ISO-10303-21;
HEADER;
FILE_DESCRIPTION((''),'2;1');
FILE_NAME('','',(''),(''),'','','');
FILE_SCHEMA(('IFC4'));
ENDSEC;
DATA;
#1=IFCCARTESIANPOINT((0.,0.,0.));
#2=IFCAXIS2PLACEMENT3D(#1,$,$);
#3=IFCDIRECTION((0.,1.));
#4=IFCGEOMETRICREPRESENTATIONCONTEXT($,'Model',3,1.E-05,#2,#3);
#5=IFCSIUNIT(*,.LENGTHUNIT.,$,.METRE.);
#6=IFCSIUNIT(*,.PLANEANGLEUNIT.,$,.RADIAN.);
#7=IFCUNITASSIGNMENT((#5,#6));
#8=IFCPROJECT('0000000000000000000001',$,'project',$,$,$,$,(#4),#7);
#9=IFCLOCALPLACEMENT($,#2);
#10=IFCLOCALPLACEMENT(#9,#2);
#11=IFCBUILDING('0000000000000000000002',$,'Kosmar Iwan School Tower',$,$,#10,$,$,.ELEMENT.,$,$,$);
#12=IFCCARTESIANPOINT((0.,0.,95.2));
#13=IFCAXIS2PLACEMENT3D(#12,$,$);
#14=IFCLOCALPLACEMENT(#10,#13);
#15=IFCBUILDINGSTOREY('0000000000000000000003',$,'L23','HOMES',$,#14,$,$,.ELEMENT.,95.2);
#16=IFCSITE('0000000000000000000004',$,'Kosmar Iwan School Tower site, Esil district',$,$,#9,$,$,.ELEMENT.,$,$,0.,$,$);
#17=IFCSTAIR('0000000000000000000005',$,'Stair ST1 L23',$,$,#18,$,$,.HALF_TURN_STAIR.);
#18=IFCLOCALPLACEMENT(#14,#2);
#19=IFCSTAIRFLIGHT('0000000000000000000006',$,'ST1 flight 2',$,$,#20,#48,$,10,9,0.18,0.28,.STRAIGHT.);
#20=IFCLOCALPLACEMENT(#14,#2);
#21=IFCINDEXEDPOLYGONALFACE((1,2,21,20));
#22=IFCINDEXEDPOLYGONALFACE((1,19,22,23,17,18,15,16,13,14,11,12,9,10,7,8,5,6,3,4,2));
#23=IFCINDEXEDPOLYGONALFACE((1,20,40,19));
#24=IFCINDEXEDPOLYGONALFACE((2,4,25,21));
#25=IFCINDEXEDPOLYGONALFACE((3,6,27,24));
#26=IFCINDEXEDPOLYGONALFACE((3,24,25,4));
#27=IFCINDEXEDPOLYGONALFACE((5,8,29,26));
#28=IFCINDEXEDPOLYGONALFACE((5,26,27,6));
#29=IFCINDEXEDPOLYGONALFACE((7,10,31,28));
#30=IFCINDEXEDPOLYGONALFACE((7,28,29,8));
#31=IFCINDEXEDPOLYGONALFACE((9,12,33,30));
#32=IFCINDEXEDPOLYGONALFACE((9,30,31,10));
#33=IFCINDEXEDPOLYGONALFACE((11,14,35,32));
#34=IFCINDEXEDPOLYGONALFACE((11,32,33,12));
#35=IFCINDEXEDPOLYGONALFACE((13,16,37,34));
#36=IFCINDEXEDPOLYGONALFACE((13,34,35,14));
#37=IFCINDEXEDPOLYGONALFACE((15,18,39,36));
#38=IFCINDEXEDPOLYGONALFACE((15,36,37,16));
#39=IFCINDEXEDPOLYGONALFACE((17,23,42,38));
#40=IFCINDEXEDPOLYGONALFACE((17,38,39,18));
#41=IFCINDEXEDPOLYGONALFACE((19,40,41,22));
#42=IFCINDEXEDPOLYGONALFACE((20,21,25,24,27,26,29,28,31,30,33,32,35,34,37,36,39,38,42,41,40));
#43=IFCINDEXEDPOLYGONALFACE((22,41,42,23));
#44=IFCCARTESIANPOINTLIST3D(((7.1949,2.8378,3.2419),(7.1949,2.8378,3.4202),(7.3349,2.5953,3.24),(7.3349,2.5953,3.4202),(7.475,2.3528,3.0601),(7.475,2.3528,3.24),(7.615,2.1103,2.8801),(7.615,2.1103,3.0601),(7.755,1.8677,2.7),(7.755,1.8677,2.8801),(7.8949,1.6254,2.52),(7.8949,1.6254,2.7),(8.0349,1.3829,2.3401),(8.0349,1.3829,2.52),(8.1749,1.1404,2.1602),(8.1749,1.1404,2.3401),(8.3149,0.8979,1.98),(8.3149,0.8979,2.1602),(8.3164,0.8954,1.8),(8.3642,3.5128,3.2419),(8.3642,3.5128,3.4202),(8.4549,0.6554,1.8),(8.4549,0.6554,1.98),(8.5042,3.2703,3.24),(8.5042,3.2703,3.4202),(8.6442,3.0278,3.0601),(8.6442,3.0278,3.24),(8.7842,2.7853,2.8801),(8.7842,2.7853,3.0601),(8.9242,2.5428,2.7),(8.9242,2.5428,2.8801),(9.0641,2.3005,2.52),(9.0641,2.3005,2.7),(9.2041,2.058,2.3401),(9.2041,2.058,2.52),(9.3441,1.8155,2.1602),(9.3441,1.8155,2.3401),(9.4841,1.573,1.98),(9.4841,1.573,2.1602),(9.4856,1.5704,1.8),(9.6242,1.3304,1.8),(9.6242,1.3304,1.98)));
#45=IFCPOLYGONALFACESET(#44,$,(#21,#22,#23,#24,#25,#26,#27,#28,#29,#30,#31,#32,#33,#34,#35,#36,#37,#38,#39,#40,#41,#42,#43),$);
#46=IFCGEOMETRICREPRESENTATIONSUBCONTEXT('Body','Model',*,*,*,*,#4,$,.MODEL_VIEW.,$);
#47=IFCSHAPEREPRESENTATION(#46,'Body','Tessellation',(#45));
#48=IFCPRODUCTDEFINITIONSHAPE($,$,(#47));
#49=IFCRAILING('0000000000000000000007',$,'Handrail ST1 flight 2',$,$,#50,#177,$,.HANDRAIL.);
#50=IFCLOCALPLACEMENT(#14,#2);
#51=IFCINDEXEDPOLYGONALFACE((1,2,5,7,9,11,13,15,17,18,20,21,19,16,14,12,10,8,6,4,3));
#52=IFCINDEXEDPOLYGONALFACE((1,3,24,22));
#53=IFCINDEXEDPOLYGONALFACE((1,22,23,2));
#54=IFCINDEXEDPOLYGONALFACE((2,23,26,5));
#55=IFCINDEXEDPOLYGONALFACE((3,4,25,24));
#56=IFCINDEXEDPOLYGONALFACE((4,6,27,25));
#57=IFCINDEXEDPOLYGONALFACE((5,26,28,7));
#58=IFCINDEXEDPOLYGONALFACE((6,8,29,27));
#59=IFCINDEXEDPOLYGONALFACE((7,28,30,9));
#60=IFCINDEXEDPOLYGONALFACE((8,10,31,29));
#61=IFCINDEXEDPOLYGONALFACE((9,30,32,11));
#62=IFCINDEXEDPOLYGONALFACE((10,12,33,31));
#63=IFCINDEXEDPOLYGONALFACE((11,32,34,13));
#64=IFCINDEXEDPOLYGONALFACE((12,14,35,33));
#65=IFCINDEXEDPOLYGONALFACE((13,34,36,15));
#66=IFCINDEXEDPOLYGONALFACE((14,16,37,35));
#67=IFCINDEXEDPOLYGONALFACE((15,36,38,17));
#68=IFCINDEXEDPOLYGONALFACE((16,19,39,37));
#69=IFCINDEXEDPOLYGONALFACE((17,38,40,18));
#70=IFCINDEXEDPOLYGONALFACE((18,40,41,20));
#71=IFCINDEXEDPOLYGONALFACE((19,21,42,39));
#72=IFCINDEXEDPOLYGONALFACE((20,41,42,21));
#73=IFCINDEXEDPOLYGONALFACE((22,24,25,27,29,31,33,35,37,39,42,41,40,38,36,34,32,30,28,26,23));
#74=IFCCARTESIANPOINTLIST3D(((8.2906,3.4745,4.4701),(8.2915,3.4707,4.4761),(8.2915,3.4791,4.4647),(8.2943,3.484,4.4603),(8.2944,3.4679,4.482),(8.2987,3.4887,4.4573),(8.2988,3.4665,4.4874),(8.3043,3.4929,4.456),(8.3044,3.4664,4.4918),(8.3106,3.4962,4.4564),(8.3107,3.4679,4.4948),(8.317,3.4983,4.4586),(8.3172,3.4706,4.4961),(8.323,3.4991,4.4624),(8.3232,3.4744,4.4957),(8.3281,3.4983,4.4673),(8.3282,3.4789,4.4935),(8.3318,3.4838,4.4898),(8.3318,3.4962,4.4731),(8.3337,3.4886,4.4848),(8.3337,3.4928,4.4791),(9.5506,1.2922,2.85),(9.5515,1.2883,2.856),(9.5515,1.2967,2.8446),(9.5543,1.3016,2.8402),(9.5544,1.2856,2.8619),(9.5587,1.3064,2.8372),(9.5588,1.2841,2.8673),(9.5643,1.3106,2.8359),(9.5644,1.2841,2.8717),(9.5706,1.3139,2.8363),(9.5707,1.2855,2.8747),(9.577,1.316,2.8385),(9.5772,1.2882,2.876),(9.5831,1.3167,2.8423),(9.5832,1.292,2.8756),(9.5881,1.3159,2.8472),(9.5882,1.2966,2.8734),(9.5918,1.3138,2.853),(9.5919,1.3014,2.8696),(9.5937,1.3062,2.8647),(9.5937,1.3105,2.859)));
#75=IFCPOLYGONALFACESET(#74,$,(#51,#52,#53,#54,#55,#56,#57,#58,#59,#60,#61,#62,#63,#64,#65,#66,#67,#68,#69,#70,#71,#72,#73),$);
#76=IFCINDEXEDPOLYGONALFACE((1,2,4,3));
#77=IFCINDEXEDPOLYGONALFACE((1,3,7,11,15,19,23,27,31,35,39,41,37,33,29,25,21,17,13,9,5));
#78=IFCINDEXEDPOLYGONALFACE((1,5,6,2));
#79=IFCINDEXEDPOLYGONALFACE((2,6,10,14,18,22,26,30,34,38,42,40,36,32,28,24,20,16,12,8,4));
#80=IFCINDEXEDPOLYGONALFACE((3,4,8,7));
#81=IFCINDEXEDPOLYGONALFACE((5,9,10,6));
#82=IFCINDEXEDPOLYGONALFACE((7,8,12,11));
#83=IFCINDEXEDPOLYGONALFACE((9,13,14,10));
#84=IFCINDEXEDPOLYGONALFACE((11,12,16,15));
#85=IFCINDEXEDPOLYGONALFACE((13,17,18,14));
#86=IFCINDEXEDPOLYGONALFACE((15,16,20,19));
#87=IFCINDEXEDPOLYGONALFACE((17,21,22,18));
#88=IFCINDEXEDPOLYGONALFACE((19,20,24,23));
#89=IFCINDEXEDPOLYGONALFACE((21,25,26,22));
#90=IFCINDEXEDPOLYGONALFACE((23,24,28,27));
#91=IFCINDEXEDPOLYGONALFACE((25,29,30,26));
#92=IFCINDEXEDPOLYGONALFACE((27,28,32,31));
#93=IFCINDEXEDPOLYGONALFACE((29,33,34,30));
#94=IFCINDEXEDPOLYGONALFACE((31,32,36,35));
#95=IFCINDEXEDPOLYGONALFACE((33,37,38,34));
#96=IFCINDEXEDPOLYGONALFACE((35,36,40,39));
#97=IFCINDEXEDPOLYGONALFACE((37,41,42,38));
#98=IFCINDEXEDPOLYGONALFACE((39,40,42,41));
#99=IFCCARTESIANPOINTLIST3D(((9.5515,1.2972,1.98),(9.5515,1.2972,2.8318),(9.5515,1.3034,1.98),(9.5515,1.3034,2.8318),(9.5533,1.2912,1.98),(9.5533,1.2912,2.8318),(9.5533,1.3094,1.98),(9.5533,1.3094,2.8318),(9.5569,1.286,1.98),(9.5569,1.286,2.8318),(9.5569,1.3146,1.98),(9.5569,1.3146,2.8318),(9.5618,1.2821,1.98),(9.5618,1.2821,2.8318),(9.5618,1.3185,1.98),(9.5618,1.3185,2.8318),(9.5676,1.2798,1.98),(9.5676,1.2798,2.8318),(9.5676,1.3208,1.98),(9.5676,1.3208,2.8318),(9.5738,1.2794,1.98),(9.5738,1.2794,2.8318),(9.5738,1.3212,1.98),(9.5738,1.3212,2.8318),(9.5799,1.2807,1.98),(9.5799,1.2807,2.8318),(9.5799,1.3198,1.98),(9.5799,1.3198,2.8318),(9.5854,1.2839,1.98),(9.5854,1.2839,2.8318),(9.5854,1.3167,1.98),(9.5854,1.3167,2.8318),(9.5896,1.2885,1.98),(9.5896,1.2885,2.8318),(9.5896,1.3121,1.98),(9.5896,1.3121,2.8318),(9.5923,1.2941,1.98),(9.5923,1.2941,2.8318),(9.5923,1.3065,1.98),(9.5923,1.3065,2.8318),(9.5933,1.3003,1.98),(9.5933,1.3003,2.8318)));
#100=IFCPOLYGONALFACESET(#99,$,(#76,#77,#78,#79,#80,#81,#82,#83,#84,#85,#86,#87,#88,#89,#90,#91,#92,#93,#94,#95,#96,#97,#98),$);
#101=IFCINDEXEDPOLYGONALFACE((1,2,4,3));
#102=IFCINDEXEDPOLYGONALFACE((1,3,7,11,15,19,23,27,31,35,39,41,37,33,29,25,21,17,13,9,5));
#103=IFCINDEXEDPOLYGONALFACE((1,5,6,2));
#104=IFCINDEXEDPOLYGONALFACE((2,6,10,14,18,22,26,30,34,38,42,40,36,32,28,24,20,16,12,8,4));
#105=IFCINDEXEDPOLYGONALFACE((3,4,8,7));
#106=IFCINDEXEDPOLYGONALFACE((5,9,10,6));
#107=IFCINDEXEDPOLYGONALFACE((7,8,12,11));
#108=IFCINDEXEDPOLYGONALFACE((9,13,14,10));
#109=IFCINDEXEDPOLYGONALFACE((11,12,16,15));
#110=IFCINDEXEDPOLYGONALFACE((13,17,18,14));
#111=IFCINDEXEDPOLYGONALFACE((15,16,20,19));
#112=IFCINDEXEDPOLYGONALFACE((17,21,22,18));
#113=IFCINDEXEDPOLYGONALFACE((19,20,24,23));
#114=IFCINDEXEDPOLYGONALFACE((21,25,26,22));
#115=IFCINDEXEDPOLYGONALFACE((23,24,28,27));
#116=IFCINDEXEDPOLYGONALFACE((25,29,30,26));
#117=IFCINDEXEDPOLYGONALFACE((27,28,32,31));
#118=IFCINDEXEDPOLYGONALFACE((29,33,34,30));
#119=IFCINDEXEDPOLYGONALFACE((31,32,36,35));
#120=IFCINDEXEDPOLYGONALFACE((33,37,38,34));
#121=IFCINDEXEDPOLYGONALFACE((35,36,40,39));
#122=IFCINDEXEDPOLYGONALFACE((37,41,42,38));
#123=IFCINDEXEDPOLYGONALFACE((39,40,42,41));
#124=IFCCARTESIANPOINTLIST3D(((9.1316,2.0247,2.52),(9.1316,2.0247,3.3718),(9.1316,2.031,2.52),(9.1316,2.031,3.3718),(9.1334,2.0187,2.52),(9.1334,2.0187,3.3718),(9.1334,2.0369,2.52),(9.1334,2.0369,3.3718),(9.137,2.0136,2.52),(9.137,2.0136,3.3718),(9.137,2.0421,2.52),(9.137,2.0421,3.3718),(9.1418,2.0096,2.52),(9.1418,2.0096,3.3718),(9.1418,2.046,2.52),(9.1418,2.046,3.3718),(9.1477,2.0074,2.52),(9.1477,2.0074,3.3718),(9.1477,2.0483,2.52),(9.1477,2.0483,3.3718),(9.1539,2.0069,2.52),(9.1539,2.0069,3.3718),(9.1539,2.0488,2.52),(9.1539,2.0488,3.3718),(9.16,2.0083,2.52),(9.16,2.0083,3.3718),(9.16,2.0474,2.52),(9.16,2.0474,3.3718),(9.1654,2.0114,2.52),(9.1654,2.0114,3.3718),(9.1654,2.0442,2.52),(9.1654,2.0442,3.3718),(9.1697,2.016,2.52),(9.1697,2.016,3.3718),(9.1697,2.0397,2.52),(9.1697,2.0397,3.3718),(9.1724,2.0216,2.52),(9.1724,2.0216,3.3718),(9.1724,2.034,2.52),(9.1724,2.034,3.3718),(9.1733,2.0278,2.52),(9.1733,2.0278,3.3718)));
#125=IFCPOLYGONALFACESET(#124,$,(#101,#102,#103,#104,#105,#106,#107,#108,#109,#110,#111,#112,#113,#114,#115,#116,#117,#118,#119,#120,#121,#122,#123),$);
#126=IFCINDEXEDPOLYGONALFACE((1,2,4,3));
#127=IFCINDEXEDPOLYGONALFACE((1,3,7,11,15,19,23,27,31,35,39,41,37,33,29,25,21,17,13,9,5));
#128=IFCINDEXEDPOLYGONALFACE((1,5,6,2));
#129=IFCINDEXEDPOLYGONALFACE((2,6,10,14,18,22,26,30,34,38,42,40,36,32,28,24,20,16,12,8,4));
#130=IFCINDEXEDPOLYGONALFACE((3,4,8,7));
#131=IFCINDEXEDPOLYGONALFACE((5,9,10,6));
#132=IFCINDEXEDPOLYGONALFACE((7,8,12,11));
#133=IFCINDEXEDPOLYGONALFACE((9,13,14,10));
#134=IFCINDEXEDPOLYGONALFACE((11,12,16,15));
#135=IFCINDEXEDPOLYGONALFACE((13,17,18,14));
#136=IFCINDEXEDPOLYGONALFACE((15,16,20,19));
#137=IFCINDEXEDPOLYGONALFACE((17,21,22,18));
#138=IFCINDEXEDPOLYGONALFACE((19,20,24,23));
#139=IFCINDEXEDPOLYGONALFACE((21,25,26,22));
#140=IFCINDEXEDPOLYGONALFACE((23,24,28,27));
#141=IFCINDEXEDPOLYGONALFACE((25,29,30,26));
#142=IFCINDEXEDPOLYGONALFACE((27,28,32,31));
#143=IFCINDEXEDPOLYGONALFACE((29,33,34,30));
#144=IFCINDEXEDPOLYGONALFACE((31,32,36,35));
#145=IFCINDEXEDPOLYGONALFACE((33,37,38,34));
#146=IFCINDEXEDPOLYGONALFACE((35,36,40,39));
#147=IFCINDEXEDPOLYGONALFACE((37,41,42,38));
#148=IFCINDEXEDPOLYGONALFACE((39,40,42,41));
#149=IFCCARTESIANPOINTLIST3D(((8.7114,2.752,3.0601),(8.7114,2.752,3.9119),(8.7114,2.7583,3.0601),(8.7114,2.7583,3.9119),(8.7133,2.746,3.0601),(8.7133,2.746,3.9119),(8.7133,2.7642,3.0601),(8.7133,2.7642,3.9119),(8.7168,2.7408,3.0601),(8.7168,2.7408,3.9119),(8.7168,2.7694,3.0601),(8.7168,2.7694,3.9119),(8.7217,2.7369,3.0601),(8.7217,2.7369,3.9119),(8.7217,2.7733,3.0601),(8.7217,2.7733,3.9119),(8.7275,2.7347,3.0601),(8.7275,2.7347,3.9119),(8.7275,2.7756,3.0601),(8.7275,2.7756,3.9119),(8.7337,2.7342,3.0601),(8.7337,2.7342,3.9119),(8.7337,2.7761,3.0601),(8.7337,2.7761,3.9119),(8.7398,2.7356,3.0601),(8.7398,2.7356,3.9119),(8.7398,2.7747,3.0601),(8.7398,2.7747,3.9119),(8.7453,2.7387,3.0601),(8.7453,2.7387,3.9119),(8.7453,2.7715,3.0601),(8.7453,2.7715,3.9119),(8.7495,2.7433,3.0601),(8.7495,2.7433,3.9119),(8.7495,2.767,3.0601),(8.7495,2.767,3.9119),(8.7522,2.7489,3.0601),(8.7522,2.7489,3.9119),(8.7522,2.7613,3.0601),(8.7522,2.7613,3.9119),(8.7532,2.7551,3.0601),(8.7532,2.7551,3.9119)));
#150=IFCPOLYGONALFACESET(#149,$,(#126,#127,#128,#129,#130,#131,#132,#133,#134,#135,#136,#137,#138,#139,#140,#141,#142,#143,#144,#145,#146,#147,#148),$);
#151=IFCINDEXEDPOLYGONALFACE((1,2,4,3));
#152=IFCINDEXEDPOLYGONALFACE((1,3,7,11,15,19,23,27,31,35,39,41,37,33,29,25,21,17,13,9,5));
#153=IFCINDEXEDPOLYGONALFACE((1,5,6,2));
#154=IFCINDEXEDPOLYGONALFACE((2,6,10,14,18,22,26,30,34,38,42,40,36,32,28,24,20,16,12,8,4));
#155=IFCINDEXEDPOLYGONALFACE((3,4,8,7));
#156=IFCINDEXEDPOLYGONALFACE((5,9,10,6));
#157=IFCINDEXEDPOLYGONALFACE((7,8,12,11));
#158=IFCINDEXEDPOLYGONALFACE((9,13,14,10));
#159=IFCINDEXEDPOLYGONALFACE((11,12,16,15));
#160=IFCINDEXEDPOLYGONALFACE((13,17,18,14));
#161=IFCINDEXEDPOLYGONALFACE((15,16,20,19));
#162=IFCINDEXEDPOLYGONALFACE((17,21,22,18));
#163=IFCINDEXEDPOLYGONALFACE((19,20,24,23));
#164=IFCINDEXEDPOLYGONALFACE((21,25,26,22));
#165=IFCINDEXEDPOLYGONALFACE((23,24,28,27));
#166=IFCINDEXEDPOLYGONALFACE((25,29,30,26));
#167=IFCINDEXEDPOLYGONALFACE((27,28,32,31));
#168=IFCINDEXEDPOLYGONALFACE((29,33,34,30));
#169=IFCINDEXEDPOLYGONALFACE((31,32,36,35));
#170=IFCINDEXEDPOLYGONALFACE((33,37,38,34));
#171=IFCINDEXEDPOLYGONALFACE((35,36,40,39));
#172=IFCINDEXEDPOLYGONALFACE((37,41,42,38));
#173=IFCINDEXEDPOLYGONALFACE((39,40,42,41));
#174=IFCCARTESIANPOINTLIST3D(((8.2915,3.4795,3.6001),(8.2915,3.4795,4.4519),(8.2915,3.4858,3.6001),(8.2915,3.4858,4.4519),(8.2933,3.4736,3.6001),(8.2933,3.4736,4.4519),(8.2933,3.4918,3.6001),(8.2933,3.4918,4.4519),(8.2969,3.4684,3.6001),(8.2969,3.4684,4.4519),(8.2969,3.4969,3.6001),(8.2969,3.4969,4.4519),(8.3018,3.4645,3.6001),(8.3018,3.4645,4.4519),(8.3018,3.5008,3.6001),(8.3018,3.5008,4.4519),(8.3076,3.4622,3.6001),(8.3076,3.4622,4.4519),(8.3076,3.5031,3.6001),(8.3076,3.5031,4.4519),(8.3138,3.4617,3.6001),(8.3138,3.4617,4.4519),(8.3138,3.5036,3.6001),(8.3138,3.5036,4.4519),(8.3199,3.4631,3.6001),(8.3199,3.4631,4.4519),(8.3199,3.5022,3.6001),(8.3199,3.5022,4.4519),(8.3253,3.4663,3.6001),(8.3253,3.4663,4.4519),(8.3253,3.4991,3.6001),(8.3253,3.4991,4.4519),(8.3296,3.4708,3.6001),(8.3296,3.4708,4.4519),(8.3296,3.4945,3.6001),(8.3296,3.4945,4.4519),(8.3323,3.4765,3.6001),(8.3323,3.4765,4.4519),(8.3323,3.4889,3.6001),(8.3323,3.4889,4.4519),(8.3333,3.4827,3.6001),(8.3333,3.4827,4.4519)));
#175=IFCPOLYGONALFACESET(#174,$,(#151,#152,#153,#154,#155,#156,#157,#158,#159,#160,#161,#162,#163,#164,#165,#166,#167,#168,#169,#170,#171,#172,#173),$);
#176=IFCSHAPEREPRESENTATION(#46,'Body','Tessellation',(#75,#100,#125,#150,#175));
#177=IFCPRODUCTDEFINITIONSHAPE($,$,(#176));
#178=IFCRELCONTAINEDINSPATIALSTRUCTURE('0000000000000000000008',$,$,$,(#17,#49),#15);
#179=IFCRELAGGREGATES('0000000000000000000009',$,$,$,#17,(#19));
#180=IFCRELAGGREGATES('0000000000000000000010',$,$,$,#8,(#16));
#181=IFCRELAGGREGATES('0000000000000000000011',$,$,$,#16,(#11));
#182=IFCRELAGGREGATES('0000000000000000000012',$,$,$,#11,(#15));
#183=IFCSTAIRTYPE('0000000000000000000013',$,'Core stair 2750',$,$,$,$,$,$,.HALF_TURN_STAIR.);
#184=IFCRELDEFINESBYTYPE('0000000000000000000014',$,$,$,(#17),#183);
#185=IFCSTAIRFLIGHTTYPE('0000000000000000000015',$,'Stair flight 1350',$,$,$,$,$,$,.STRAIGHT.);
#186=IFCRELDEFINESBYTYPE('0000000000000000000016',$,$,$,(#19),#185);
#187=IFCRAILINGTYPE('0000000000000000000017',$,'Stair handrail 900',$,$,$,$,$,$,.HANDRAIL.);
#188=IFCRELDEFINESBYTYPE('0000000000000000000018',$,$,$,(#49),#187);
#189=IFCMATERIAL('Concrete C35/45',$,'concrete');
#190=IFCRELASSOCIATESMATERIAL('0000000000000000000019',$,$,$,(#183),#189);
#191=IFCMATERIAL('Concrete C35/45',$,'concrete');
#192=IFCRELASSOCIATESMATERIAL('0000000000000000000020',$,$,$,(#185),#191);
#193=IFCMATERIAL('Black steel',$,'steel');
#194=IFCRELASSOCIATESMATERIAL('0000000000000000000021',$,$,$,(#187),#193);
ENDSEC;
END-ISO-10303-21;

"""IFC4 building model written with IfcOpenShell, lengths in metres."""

from ifc_helpers import new_model, si_unit, direction, frame, origin, origin_2d, place, context, subcontext, project, spatial, polyline, circle, outline, extrude, material, type_object, element, aggregate, save


model = new_model("IFC4")

# Units and contexts
model_context = context("Model", 3, precision=1e-05, world=origin(), true_north=direction((0.0, 1.0)))
body_context = subcontext(model_context, "Body", "Model", "MODEL_VIEW")
ifc_project = project(units=[si_unit("LENGTHUNIT", "METRE"), si_unit("PLANEANGLEUNIT", "RADIAN")], contexts=[model_context])

# Site, building, storey
site_placement = place(None, origin())
site = spatial("IfcSite", under=ifc_project, at=site_placement, Name="Kosmar Iwan School Tower site, Esil district", CompositionType="ELEMENT", RefElevation=0.0)
building_placement = place(site_placement, origin())
building = spatial("IfcBuilding", under=site, at=building_placement, Name="Kosmar Iwan School Tower", CompositionType="ELEMENT")
storey_placement = place(building_placement, frame((0.0, 0.0, 95.2)))
storey = spatial("IfcBuildingStorey", under=building, at=storey_placement, Name="L23", Description="HOMES", CompositionType="ELEMENT", Elevation=95.2)

# Stair, stair flight
ifc_material_1 = material(Name="Concrete C35/45", Category="concrete")
stair_type = type_object("IfcStairType", Name="Core stair 2750", PredefinedType="HALF_TURN_STAIR", material=ifc_material_1)
stair_placement = place(storey_placement, origin())
stair = element("IfcStair", 1, at=stair_placement, inside=storey, type_object=stair_type, Name="Stair ST1 L23", PredefinedType="HALF_TURN_STAIR")
ifc_material_2 = material(Name="Concrete C35/45", Category="concrete")
stair_flight_type = type_object("IfcStairFlightType", Name="Stair flight 1350", PredefinedType="STRAIGHT", material=ifc_material_2)
stair_flight_placement = place(storey_placement, frame((9.0396, 0.9929, 1.8), z_axis=(0.0, 0.0, 1.0), x_axis=(-0.5, 0.866025, 0.0)))
stair_flight = element("IfcStairFlight", 2, at=stair_flight_placement, type_object=stair_flight_type, Name="ST1 flight 2", NumberOfRisers=10, NumberOfTreads=9, PredefinedType="STRAIGHT", RiserHeight=0.18, TreadLength=0.28, context=body_context, shape_type="SweptSolid", body=[
    extrude(outline(polyline([(0.0, 0.0), (0.0, 0.1799), (0.28, 0.1799), (0.28, 0.3601), (0.5601, 0.3601), (0.5601, 0.54), (0.8401, 0.54), (0.8401, 0.72), (1.1201, 0.72), (1.1201, 0.8999), (1.3999, 0.8999), (1.3999, 1.0801), (1.6799, 1.0801), (1.6799, 1.26), (1.96, 1.26), (1.96, 1.4399), (2.24, 1.4399), (2.24, 1.6201), (2.52, 1.6201), (2.52, 1.8), (2.52, 1.4419), (0.2771, 0.0), (0.0, 0.0)])), frame((0.0, 0.675, 0.0), z_axis=(0.0, -1.0, 0.0), x_axis=(1.0, 0.0, 0.0)), (0.0, 0.0, 1.0), 1.3501),
])
aggregate(stair, [stair_flight])

# Railing
ifc_material_3 = material(Name="Black steel", Category="steel")
railing_type = type_object("IfcRailingType", Name="Stair handrail 900", PredefinedType="HANDRAIL", material=ifc_material_3)
railing_placement = place(storey_placement, frame((9.5723, 1.3003, 1.98)))
element("IfcRailing", 3, at=railing_placement, inside=storey, type_object=railing_type, Name="Handrail ST1 flight 2", PredefinedType="HANDRAIL", context=body_context, shape_type="SweptSolid", body=[
    extrude(circle(Radius=0.0239, at=origin_2d()), frame((0.0, 0.0, 0.876), z_axis=(-0.420584, 0.728464, 0.540786), x_axis=(-0.866023, -0.500005, 0.0)), (0.0, 0.0, 1.0), 2.9958),
    extrude(circle(Radius=0.021, at=origin_2d()), origin(), (0.0, 0.0, 1.0), 0.8518),
    extrude(circle(Radius=0.021, at=origin_2d()), frame((-0.4199, 0.7275, 0.54)), (0.0, 0.0, 1.0), 0.8518),
    extrude(circle(Radius=0.021, at=origin_2d()), frame((-0.8401, 1.4548, 1.0801)), (0.0, 0.0, 1.0), 0.8518),
    extrude(circle(Radius=0.021, at=origin_2d()), frame((-1.26, 2.1824, 1.6201)), (0.0, 0.0, 1.0), 0.8518),
])

save(model, "model.ifc")
